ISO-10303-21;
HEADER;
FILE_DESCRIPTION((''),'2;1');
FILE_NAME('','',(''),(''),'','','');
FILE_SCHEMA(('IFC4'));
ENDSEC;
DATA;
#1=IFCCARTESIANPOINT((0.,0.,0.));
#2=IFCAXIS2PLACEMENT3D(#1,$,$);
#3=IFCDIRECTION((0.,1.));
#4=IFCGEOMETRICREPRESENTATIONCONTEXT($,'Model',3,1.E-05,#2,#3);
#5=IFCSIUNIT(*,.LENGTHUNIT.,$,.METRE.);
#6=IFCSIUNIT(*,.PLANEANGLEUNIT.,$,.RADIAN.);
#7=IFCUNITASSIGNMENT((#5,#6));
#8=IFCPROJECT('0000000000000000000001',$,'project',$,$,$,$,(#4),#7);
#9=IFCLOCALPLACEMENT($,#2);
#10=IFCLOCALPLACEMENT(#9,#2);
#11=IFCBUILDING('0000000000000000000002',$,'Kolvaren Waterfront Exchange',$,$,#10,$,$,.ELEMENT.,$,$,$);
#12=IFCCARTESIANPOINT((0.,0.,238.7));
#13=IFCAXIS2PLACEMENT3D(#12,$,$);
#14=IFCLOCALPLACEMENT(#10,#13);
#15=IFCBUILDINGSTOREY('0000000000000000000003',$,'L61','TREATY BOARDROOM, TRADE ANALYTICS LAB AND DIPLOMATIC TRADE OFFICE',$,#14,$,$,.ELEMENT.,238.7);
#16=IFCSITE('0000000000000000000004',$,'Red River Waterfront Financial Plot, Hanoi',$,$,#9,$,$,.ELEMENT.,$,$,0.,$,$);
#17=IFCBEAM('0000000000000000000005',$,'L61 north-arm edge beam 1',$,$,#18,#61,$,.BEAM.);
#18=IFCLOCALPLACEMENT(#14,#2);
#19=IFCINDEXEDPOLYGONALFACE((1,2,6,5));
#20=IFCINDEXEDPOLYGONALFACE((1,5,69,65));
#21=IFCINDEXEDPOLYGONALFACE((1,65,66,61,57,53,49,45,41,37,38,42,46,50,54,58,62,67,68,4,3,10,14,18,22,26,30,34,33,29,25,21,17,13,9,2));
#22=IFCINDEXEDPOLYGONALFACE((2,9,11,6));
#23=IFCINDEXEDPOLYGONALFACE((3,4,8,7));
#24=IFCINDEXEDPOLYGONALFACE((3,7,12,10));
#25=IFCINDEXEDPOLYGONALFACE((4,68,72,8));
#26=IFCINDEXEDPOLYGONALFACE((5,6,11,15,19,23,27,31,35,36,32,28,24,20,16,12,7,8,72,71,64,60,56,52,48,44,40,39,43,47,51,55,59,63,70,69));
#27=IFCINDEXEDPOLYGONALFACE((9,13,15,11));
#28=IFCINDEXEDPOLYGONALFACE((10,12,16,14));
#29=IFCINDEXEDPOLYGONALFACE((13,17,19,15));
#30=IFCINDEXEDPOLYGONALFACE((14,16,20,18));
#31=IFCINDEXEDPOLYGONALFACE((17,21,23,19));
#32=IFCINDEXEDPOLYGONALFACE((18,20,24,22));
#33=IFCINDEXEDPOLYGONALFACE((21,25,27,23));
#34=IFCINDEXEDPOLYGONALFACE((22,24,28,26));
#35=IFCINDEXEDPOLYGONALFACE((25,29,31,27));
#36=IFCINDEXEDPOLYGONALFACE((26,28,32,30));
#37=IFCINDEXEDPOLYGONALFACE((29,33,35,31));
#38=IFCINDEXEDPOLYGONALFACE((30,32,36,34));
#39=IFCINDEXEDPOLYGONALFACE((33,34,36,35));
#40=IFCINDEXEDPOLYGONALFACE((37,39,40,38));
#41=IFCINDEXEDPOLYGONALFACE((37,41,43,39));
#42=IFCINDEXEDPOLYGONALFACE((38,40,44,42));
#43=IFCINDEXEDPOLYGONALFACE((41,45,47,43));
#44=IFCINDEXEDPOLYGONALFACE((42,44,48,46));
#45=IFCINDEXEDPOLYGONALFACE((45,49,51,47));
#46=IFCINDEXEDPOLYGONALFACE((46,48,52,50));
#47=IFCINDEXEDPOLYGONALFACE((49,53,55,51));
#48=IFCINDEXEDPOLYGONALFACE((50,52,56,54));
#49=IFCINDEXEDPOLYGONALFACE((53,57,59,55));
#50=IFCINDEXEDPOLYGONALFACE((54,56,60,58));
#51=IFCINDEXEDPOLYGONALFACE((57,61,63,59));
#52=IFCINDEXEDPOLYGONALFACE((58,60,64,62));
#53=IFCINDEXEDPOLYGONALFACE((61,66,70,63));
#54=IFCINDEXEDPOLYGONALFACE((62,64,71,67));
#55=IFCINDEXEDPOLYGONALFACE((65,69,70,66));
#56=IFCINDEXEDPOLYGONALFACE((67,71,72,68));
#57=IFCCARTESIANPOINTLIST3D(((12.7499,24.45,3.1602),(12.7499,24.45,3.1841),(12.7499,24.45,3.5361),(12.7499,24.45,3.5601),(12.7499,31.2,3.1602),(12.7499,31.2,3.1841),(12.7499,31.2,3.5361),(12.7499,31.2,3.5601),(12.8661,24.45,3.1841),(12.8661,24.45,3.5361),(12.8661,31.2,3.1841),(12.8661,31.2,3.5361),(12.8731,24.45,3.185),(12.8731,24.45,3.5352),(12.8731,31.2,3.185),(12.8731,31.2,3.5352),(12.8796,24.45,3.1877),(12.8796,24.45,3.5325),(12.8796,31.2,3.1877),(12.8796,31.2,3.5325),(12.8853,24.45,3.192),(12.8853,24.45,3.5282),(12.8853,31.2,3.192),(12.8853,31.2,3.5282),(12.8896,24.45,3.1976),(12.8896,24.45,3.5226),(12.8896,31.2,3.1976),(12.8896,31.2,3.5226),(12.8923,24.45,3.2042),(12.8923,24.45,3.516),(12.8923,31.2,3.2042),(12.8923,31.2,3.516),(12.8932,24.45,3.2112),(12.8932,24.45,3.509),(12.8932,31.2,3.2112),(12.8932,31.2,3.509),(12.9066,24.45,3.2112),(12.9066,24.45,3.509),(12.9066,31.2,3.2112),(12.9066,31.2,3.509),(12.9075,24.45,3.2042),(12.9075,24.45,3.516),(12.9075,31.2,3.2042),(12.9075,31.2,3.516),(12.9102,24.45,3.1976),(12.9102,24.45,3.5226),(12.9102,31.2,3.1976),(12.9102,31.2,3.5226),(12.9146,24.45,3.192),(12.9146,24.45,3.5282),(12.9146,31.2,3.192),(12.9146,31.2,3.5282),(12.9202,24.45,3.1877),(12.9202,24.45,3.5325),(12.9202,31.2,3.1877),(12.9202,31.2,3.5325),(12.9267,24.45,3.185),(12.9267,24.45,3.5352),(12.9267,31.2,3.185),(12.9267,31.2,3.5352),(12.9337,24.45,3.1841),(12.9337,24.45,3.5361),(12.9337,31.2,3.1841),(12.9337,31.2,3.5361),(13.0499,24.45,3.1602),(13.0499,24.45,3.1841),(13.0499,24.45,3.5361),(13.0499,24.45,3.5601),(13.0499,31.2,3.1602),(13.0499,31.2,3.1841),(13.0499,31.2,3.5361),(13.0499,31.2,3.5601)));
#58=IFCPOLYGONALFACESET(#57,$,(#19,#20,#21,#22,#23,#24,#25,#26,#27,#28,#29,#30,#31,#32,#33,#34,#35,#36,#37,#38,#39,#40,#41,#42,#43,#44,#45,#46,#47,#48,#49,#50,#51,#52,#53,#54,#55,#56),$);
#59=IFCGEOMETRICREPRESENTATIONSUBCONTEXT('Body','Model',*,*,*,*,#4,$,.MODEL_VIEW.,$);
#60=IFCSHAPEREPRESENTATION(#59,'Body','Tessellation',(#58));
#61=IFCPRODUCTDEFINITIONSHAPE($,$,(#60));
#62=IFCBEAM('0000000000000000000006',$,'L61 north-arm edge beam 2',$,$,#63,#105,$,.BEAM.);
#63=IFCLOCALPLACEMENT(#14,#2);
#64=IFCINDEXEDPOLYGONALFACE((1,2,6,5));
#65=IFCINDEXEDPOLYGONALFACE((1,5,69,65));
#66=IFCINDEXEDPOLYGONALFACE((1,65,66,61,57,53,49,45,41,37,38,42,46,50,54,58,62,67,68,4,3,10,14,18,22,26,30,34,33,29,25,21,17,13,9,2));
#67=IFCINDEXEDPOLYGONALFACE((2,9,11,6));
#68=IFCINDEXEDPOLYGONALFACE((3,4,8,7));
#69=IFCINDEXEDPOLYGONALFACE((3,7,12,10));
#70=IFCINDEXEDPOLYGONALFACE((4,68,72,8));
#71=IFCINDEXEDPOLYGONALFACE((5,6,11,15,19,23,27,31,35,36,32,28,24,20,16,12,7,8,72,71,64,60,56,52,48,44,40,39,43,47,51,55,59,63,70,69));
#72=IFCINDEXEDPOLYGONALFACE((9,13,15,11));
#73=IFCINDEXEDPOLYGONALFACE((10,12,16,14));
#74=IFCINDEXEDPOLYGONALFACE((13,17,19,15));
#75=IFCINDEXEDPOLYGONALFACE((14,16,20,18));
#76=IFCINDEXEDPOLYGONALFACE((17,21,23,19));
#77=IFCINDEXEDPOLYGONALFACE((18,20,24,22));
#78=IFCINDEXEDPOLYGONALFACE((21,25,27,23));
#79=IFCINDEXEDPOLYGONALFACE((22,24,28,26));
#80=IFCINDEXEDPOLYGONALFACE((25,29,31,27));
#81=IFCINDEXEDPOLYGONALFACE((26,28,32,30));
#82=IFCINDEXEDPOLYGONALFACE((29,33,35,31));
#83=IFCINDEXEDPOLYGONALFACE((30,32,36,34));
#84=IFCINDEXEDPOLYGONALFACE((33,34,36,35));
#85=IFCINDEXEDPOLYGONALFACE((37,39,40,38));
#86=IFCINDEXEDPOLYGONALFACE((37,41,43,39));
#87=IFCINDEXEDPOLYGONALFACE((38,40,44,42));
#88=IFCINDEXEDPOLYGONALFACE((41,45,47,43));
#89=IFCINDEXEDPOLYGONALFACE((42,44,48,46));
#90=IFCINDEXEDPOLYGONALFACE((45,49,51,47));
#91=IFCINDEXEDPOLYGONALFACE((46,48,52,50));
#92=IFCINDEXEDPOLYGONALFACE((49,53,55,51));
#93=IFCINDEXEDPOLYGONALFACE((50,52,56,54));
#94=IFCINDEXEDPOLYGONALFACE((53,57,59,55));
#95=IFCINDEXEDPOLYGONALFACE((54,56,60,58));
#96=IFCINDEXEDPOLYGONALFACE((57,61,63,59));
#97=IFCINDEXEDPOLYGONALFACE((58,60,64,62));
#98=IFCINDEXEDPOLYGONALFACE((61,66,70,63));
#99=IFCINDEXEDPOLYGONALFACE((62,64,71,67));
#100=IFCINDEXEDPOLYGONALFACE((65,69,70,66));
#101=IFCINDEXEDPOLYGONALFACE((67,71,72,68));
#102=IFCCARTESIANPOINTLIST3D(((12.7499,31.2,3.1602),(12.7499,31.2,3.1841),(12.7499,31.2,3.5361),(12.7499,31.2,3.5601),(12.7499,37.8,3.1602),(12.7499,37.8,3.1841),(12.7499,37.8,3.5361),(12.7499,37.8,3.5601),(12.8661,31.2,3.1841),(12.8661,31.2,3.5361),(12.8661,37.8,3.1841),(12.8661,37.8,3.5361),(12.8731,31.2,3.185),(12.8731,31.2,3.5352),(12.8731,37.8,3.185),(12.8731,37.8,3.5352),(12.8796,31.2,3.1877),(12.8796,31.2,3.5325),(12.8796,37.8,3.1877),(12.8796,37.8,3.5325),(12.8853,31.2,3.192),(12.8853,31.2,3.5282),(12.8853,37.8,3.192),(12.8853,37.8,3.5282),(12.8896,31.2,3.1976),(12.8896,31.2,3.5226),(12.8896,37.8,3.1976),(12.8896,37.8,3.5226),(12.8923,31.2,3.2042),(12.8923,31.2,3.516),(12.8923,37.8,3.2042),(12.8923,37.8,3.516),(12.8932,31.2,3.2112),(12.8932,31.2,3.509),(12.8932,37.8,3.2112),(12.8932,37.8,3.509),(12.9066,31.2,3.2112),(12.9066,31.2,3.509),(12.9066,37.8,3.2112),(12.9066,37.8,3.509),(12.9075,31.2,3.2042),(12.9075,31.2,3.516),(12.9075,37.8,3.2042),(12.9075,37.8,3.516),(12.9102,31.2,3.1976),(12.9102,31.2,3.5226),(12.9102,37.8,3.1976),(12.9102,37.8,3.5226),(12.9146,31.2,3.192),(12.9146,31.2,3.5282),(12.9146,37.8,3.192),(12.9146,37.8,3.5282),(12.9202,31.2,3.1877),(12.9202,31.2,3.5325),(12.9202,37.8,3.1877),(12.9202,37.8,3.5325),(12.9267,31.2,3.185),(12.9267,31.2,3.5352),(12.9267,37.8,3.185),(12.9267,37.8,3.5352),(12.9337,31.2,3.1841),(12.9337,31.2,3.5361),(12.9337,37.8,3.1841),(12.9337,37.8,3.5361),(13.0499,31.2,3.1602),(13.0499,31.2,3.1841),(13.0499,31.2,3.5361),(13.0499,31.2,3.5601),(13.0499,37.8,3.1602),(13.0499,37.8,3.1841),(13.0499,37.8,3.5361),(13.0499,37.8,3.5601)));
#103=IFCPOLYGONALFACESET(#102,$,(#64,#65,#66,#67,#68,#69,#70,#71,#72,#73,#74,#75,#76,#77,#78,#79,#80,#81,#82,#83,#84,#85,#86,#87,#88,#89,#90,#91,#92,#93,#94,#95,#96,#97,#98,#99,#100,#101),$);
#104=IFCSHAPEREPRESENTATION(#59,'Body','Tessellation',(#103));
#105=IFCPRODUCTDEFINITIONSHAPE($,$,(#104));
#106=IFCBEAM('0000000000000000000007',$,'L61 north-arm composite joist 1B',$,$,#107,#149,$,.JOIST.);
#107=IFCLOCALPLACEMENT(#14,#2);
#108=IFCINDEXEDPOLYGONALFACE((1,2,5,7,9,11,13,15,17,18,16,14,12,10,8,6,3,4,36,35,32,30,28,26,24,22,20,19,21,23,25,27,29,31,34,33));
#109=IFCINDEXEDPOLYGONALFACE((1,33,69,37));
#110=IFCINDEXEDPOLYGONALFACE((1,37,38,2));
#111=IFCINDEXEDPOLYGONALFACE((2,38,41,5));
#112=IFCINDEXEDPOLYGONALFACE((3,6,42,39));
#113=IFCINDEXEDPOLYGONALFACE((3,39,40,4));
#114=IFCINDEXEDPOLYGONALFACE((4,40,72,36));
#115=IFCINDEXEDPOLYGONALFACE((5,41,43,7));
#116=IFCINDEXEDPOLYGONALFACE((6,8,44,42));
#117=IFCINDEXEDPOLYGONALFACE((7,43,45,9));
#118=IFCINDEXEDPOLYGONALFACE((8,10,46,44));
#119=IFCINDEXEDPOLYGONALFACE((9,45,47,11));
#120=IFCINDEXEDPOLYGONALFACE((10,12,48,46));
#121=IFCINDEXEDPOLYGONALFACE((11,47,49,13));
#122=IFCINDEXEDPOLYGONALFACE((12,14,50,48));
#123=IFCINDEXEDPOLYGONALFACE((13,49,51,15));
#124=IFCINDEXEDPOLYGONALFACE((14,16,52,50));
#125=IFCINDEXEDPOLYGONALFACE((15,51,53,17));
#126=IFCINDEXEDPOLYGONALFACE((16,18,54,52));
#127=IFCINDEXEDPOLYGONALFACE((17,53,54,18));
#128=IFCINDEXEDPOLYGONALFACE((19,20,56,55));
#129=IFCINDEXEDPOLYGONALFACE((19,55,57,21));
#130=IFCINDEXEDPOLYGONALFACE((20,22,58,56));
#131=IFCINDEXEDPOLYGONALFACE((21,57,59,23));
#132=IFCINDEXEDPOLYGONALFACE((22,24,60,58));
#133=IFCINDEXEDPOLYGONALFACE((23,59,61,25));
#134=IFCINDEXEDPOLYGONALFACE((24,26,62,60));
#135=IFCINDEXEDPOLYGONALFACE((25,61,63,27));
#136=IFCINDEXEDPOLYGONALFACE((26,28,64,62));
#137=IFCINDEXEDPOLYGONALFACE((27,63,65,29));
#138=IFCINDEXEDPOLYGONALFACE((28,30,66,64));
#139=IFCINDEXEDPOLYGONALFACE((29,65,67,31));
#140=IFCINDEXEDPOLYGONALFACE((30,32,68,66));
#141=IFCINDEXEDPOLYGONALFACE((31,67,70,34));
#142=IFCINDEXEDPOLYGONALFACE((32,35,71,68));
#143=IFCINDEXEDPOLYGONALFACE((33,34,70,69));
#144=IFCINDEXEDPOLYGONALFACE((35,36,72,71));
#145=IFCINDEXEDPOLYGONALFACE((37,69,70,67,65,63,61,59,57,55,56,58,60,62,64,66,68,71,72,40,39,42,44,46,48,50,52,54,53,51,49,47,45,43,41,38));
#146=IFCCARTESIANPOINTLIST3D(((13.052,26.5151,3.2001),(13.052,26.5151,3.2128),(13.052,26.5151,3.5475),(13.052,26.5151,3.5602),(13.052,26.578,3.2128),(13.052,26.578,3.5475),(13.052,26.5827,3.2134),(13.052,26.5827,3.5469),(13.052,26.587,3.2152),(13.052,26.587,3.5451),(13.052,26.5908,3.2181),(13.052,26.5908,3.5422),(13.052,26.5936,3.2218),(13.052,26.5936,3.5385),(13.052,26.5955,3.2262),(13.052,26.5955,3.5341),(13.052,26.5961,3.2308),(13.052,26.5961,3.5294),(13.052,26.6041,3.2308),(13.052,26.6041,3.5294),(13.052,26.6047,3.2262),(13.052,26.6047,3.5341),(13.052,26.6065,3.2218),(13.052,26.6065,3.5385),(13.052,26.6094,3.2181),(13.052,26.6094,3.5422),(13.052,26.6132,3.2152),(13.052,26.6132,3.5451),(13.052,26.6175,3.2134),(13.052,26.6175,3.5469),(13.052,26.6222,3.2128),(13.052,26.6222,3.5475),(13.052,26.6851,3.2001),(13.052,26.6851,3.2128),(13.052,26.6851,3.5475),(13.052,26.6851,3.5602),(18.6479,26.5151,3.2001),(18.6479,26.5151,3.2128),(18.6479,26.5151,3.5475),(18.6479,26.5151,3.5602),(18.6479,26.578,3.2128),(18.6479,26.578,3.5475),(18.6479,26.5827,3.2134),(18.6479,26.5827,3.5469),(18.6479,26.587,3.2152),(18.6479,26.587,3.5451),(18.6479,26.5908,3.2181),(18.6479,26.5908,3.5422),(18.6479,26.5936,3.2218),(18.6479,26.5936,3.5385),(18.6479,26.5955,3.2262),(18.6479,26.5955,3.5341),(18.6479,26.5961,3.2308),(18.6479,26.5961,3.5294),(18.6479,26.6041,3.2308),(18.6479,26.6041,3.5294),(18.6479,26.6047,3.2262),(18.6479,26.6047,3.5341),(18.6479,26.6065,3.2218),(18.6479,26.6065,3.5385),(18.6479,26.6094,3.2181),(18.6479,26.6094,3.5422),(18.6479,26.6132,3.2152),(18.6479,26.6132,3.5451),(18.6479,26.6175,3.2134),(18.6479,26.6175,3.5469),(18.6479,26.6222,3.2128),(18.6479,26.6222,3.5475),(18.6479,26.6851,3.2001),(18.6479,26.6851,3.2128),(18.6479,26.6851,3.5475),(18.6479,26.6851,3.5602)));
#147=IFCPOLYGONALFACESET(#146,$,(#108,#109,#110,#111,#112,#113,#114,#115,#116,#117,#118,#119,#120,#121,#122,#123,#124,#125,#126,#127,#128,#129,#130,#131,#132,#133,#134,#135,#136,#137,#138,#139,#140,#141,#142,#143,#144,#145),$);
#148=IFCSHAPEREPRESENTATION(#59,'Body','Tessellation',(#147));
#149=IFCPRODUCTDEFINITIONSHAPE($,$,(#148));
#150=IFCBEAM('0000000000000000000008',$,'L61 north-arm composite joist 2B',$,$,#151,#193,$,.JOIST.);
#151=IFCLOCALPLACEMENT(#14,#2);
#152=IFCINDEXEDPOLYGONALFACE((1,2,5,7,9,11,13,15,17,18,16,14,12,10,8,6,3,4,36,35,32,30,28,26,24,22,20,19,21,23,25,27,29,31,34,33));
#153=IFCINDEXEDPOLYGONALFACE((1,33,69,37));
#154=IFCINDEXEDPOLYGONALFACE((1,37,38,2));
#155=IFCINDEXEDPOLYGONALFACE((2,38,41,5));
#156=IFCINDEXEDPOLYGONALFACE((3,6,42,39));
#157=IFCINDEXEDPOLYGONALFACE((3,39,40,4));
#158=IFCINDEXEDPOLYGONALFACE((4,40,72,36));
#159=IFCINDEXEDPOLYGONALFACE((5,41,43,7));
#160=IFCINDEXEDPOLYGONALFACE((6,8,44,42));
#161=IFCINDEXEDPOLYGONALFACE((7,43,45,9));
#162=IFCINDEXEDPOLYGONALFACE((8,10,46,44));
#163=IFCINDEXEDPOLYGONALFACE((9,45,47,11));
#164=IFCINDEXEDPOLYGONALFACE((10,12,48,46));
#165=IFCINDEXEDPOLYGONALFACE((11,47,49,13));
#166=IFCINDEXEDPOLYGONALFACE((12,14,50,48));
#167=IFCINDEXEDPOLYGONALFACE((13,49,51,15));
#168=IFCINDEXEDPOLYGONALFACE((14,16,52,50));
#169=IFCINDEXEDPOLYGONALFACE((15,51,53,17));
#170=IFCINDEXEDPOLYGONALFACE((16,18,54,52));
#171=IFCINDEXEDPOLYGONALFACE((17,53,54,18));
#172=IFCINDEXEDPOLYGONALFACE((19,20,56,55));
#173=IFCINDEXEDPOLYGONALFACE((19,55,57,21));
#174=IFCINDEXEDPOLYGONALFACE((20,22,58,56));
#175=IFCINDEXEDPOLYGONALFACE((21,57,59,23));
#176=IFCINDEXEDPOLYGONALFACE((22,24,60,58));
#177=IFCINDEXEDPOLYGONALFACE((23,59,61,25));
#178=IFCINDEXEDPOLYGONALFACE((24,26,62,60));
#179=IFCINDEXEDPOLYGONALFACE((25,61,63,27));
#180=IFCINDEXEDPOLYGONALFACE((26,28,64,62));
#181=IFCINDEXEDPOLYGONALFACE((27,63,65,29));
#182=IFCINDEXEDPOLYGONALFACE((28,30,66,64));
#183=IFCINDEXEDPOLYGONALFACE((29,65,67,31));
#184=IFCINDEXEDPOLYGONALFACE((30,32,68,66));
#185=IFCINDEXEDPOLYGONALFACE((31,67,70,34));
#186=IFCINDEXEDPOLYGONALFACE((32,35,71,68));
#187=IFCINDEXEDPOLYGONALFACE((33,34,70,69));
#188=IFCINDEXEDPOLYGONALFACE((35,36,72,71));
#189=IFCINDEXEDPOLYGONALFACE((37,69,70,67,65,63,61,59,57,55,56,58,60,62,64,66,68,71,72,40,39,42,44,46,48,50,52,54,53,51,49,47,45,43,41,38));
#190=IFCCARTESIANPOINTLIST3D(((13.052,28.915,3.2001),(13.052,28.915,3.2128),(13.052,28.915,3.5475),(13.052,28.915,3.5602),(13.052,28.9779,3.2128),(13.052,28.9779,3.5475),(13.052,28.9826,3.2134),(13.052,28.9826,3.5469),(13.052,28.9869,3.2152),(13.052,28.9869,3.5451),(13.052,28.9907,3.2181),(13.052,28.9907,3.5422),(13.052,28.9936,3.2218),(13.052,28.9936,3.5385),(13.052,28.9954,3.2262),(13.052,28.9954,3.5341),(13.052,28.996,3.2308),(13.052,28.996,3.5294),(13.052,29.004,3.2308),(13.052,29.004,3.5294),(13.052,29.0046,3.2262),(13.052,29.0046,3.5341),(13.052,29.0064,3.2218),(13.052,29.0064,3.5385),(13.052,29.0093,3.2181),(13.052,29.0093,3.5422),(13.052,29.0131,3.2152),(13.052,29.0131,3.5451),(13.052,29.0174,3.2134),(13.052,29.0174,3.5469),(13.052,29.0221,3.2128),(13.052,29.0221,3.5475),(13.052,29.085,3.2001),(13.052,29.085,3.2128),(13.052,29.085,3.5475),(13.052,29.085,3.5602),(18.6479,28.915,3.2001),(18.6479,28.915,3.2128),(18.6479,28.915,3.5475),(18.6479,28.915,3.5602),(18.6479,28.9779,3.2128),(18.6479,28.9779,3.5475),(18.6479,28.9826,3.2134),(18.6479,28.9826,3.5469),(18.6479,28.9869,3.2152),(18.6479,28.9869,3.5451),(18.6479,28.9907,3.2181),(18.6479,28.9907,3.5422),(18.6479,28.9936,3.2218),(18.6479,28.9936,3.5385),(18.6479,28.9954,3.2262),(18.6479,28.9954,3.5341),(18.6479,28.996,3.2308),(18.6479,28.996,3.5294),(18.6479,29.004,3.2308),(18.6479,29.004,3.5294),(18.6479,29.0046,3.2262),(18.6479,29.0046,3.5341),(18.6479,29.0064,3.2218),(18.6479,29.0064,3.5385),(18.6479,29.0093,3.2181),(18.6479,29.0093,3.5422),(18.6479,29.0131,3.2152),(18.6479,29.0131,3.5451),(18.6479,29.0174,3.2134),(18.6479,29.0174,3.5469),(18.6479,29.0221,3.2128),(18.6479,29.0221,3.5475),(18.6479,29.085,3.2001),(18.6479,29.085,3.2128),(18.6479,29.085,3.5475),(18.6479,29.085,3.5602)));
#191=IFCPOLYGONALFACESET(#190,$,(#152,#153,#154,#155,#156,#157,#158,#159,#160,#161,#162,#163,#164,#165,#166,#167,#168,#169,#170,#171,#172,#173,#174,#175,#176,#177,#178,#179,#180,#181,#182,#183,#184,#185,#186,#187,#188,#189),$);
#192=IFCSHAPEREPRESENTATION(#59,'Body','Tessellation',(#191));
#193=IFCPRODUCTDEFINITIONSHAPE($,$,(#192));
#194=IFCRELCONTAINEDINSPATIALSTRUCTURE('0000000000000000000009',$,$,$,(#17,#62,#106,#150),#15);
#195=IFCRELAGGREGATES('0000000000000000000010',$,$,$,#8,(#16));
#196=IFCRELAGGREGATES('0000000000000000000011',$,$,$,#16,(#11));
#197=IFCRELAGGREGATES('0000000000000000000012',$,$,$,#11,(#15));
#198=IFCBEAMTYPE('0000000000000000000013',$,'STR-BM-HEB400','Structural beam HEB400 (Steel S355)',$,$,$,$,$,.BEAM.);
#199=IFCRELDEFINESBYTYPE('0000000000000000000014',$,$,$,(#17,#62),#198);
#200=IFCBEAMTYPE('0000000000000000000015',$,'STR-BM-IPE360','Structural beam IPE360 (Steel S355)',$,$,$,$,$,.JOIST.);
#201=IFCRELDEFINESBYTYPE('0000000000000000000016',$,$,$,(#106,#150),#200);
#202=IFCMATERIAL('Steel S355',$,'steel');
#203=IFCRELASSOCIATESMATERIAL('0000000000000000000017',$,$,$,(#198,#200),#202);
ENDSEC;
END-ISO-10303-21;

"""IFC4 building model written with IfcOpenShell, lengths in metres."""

from ifc_helpers import new_model, si_unit, direction, frame, origin, origin_2d, place, context, subcontext, project, spatial, i_section, extrude, material, material_profile, profile_set, type_object, element, save


model = new_model("IFC4")

# Units and contexts
model_context = context("Model", 3, precision=1e-05, world=origin(), true_north=direction((0.0, 1.0)))
body_context = subcontext(model_context, "Body", "Model", "MODEL_VIEW")
ifc_project = project(units=[si_unit("LENGTHUNIT", "METRE"), si_unit("PLANEANGLEUNIT", "RADIAN")], contexts=[model_context])

# Site, building, storey
site_placement = place(None, origin())
site = spatial("IfcSite", under=ifc_project, at=site_placement, Name="Red River Waterfront Financial Plot, Hanoi", CompositionType="ELEMENT", RefElevation=0.0)
building_placement = place(site_placement, origin())
building = spatial("IfcBuilding", under=site, at=building_placement, Name="Kolvaren Waterfront Exchange", CompositionType="ELEMENT")
storey_placement = place(building_placement, frame((0.0, 0.0, 238.7)))
storey = spatial("IfcBuildingStorey", under=building, at=storey_placement, Name="L61", Description="TREATY BOARDROOM, TRADE ANALYTICS LAB AND DIPLOMATIC TRADE OFFICE", CompositionType="ELEMENT", Elevation=238.7)

# Beams
ifc_material_1 = material(Name="Steel S355", Category="steel")
ifc_material_profile_1 = material_profile(ifc_material_1, i_section(OverallWidth=0.3, OverallDepth=0.3999, WebThickness=0.0134, FlangeThickness=0.0239, FilletRadius=0.0271, at=origin_2d()), Name="HEB400")
ifc_profile_set_1 = profile_set([ifc_material_profile_1], Name="Steel S355")
beam_type_1 = type_object("IfcBeamType", Name="STR-BM-HEB400", Description="Structural beam HEB400 (Steel S355)", PredefinedType="BEAM", material=ifc_profile_set_1)
beam_1_placement = place(storey_placement, frame((12.8999, 24.45, 3.3601), z_axis=(0.0, 1.0, 0.0), x_axis=(-1.0, 0.0, 0.0)))
element("IfcBeam", 1, at=beam_1_placement, inside=storey, type_object=beam_type_1, Name="L61 north-arm edge beam 1", PredefinedType="BEAM", context=body_context, shape_type="SweptSolid", body=[
    extrude(i_section(OverallWidth=0.3, OverallDepth=0.3999, WebThickness=0.0134, FlangeThickness=0.0239, FilletRadius=0.0271, at=origin_2d()), origin(), (0.0, 0.0, 1.0), 6.75),
])
beam_2_placement = place(storey_placement, frame((12.8999, 31.2, 3.3601), z_axis=(0.0, 1.0, 0.0), x_axis=(-1.0, 0.0, 0.0)))
element("IfcBeam", 2, at=beam_2_placement, inside=storey, type_object=beam_type_1, Name="L61 north-arm edge beam 2", PredefinedType="BEAM", context=body_context, shape_type="SweptSolid", body=[
    extrude(i_section(OverallWidth=0.3, OverallDepth=0.3999, WebThickness=0.0134, FlangeThickness=0.0239, FilletRadius=0.0271, at=origin_2d()), origin(), (0.0, 0.0, 1.0), 6.6001),
])
ifc_material_profile_2 = material_profile(ifc_material_1, i_section(OverallWidth=0.1699, OverallDepth=0.3601, WebThickness=0.0081, FlangeThickness=0.0127, FilletRadius=0.0181, at=origin_2d()), Name="IPE360")
ifc_profile_set_2 = profile_set([ifc_material_profile_2], Name="Steel S355")
beam_type_2 = type_object("IfcBeamType", Name="STR-BM-IPE360", Description="Structural beam IPE360 (Steel S355)", PredefinedType="JOIST", material=ifc_profile_set_2)
for number, where, z_axis, x_axis, name in (
    (3, (13.052, 26.6001, 3.3801), (1.0, 0.0, 0.0), (0.0, 1.0, 0.0), "L61 north-arm composite joist 1B"),
    (4, (13.052, 29.0, 3.3801), (1.0, 0.0, 0.0), (0.0, 1.0, 0.0), "L61 north-arm composite joist 2B"),
):
    element("IfcBeam", number, at=place(storey_placement, frame(where, z_axis=z_axis, x_axis=x_axis)), inside=storey, type_object=beam_type_2, Name=name, PredefinedType="JOIST", context=body_context, shape_type="SweptSolid", body=[
        extrude(i_section(OverallWidth=0.1699, OverallDepth=0.3601, WebThickness=0.0081, FlangeThickness=0.0127, FilletRadius=0.0181, at=origin_2d()), origin(), (0.0, 0.0, 1.0), 5.5959),
    ])

save(model, "model.ifc")
